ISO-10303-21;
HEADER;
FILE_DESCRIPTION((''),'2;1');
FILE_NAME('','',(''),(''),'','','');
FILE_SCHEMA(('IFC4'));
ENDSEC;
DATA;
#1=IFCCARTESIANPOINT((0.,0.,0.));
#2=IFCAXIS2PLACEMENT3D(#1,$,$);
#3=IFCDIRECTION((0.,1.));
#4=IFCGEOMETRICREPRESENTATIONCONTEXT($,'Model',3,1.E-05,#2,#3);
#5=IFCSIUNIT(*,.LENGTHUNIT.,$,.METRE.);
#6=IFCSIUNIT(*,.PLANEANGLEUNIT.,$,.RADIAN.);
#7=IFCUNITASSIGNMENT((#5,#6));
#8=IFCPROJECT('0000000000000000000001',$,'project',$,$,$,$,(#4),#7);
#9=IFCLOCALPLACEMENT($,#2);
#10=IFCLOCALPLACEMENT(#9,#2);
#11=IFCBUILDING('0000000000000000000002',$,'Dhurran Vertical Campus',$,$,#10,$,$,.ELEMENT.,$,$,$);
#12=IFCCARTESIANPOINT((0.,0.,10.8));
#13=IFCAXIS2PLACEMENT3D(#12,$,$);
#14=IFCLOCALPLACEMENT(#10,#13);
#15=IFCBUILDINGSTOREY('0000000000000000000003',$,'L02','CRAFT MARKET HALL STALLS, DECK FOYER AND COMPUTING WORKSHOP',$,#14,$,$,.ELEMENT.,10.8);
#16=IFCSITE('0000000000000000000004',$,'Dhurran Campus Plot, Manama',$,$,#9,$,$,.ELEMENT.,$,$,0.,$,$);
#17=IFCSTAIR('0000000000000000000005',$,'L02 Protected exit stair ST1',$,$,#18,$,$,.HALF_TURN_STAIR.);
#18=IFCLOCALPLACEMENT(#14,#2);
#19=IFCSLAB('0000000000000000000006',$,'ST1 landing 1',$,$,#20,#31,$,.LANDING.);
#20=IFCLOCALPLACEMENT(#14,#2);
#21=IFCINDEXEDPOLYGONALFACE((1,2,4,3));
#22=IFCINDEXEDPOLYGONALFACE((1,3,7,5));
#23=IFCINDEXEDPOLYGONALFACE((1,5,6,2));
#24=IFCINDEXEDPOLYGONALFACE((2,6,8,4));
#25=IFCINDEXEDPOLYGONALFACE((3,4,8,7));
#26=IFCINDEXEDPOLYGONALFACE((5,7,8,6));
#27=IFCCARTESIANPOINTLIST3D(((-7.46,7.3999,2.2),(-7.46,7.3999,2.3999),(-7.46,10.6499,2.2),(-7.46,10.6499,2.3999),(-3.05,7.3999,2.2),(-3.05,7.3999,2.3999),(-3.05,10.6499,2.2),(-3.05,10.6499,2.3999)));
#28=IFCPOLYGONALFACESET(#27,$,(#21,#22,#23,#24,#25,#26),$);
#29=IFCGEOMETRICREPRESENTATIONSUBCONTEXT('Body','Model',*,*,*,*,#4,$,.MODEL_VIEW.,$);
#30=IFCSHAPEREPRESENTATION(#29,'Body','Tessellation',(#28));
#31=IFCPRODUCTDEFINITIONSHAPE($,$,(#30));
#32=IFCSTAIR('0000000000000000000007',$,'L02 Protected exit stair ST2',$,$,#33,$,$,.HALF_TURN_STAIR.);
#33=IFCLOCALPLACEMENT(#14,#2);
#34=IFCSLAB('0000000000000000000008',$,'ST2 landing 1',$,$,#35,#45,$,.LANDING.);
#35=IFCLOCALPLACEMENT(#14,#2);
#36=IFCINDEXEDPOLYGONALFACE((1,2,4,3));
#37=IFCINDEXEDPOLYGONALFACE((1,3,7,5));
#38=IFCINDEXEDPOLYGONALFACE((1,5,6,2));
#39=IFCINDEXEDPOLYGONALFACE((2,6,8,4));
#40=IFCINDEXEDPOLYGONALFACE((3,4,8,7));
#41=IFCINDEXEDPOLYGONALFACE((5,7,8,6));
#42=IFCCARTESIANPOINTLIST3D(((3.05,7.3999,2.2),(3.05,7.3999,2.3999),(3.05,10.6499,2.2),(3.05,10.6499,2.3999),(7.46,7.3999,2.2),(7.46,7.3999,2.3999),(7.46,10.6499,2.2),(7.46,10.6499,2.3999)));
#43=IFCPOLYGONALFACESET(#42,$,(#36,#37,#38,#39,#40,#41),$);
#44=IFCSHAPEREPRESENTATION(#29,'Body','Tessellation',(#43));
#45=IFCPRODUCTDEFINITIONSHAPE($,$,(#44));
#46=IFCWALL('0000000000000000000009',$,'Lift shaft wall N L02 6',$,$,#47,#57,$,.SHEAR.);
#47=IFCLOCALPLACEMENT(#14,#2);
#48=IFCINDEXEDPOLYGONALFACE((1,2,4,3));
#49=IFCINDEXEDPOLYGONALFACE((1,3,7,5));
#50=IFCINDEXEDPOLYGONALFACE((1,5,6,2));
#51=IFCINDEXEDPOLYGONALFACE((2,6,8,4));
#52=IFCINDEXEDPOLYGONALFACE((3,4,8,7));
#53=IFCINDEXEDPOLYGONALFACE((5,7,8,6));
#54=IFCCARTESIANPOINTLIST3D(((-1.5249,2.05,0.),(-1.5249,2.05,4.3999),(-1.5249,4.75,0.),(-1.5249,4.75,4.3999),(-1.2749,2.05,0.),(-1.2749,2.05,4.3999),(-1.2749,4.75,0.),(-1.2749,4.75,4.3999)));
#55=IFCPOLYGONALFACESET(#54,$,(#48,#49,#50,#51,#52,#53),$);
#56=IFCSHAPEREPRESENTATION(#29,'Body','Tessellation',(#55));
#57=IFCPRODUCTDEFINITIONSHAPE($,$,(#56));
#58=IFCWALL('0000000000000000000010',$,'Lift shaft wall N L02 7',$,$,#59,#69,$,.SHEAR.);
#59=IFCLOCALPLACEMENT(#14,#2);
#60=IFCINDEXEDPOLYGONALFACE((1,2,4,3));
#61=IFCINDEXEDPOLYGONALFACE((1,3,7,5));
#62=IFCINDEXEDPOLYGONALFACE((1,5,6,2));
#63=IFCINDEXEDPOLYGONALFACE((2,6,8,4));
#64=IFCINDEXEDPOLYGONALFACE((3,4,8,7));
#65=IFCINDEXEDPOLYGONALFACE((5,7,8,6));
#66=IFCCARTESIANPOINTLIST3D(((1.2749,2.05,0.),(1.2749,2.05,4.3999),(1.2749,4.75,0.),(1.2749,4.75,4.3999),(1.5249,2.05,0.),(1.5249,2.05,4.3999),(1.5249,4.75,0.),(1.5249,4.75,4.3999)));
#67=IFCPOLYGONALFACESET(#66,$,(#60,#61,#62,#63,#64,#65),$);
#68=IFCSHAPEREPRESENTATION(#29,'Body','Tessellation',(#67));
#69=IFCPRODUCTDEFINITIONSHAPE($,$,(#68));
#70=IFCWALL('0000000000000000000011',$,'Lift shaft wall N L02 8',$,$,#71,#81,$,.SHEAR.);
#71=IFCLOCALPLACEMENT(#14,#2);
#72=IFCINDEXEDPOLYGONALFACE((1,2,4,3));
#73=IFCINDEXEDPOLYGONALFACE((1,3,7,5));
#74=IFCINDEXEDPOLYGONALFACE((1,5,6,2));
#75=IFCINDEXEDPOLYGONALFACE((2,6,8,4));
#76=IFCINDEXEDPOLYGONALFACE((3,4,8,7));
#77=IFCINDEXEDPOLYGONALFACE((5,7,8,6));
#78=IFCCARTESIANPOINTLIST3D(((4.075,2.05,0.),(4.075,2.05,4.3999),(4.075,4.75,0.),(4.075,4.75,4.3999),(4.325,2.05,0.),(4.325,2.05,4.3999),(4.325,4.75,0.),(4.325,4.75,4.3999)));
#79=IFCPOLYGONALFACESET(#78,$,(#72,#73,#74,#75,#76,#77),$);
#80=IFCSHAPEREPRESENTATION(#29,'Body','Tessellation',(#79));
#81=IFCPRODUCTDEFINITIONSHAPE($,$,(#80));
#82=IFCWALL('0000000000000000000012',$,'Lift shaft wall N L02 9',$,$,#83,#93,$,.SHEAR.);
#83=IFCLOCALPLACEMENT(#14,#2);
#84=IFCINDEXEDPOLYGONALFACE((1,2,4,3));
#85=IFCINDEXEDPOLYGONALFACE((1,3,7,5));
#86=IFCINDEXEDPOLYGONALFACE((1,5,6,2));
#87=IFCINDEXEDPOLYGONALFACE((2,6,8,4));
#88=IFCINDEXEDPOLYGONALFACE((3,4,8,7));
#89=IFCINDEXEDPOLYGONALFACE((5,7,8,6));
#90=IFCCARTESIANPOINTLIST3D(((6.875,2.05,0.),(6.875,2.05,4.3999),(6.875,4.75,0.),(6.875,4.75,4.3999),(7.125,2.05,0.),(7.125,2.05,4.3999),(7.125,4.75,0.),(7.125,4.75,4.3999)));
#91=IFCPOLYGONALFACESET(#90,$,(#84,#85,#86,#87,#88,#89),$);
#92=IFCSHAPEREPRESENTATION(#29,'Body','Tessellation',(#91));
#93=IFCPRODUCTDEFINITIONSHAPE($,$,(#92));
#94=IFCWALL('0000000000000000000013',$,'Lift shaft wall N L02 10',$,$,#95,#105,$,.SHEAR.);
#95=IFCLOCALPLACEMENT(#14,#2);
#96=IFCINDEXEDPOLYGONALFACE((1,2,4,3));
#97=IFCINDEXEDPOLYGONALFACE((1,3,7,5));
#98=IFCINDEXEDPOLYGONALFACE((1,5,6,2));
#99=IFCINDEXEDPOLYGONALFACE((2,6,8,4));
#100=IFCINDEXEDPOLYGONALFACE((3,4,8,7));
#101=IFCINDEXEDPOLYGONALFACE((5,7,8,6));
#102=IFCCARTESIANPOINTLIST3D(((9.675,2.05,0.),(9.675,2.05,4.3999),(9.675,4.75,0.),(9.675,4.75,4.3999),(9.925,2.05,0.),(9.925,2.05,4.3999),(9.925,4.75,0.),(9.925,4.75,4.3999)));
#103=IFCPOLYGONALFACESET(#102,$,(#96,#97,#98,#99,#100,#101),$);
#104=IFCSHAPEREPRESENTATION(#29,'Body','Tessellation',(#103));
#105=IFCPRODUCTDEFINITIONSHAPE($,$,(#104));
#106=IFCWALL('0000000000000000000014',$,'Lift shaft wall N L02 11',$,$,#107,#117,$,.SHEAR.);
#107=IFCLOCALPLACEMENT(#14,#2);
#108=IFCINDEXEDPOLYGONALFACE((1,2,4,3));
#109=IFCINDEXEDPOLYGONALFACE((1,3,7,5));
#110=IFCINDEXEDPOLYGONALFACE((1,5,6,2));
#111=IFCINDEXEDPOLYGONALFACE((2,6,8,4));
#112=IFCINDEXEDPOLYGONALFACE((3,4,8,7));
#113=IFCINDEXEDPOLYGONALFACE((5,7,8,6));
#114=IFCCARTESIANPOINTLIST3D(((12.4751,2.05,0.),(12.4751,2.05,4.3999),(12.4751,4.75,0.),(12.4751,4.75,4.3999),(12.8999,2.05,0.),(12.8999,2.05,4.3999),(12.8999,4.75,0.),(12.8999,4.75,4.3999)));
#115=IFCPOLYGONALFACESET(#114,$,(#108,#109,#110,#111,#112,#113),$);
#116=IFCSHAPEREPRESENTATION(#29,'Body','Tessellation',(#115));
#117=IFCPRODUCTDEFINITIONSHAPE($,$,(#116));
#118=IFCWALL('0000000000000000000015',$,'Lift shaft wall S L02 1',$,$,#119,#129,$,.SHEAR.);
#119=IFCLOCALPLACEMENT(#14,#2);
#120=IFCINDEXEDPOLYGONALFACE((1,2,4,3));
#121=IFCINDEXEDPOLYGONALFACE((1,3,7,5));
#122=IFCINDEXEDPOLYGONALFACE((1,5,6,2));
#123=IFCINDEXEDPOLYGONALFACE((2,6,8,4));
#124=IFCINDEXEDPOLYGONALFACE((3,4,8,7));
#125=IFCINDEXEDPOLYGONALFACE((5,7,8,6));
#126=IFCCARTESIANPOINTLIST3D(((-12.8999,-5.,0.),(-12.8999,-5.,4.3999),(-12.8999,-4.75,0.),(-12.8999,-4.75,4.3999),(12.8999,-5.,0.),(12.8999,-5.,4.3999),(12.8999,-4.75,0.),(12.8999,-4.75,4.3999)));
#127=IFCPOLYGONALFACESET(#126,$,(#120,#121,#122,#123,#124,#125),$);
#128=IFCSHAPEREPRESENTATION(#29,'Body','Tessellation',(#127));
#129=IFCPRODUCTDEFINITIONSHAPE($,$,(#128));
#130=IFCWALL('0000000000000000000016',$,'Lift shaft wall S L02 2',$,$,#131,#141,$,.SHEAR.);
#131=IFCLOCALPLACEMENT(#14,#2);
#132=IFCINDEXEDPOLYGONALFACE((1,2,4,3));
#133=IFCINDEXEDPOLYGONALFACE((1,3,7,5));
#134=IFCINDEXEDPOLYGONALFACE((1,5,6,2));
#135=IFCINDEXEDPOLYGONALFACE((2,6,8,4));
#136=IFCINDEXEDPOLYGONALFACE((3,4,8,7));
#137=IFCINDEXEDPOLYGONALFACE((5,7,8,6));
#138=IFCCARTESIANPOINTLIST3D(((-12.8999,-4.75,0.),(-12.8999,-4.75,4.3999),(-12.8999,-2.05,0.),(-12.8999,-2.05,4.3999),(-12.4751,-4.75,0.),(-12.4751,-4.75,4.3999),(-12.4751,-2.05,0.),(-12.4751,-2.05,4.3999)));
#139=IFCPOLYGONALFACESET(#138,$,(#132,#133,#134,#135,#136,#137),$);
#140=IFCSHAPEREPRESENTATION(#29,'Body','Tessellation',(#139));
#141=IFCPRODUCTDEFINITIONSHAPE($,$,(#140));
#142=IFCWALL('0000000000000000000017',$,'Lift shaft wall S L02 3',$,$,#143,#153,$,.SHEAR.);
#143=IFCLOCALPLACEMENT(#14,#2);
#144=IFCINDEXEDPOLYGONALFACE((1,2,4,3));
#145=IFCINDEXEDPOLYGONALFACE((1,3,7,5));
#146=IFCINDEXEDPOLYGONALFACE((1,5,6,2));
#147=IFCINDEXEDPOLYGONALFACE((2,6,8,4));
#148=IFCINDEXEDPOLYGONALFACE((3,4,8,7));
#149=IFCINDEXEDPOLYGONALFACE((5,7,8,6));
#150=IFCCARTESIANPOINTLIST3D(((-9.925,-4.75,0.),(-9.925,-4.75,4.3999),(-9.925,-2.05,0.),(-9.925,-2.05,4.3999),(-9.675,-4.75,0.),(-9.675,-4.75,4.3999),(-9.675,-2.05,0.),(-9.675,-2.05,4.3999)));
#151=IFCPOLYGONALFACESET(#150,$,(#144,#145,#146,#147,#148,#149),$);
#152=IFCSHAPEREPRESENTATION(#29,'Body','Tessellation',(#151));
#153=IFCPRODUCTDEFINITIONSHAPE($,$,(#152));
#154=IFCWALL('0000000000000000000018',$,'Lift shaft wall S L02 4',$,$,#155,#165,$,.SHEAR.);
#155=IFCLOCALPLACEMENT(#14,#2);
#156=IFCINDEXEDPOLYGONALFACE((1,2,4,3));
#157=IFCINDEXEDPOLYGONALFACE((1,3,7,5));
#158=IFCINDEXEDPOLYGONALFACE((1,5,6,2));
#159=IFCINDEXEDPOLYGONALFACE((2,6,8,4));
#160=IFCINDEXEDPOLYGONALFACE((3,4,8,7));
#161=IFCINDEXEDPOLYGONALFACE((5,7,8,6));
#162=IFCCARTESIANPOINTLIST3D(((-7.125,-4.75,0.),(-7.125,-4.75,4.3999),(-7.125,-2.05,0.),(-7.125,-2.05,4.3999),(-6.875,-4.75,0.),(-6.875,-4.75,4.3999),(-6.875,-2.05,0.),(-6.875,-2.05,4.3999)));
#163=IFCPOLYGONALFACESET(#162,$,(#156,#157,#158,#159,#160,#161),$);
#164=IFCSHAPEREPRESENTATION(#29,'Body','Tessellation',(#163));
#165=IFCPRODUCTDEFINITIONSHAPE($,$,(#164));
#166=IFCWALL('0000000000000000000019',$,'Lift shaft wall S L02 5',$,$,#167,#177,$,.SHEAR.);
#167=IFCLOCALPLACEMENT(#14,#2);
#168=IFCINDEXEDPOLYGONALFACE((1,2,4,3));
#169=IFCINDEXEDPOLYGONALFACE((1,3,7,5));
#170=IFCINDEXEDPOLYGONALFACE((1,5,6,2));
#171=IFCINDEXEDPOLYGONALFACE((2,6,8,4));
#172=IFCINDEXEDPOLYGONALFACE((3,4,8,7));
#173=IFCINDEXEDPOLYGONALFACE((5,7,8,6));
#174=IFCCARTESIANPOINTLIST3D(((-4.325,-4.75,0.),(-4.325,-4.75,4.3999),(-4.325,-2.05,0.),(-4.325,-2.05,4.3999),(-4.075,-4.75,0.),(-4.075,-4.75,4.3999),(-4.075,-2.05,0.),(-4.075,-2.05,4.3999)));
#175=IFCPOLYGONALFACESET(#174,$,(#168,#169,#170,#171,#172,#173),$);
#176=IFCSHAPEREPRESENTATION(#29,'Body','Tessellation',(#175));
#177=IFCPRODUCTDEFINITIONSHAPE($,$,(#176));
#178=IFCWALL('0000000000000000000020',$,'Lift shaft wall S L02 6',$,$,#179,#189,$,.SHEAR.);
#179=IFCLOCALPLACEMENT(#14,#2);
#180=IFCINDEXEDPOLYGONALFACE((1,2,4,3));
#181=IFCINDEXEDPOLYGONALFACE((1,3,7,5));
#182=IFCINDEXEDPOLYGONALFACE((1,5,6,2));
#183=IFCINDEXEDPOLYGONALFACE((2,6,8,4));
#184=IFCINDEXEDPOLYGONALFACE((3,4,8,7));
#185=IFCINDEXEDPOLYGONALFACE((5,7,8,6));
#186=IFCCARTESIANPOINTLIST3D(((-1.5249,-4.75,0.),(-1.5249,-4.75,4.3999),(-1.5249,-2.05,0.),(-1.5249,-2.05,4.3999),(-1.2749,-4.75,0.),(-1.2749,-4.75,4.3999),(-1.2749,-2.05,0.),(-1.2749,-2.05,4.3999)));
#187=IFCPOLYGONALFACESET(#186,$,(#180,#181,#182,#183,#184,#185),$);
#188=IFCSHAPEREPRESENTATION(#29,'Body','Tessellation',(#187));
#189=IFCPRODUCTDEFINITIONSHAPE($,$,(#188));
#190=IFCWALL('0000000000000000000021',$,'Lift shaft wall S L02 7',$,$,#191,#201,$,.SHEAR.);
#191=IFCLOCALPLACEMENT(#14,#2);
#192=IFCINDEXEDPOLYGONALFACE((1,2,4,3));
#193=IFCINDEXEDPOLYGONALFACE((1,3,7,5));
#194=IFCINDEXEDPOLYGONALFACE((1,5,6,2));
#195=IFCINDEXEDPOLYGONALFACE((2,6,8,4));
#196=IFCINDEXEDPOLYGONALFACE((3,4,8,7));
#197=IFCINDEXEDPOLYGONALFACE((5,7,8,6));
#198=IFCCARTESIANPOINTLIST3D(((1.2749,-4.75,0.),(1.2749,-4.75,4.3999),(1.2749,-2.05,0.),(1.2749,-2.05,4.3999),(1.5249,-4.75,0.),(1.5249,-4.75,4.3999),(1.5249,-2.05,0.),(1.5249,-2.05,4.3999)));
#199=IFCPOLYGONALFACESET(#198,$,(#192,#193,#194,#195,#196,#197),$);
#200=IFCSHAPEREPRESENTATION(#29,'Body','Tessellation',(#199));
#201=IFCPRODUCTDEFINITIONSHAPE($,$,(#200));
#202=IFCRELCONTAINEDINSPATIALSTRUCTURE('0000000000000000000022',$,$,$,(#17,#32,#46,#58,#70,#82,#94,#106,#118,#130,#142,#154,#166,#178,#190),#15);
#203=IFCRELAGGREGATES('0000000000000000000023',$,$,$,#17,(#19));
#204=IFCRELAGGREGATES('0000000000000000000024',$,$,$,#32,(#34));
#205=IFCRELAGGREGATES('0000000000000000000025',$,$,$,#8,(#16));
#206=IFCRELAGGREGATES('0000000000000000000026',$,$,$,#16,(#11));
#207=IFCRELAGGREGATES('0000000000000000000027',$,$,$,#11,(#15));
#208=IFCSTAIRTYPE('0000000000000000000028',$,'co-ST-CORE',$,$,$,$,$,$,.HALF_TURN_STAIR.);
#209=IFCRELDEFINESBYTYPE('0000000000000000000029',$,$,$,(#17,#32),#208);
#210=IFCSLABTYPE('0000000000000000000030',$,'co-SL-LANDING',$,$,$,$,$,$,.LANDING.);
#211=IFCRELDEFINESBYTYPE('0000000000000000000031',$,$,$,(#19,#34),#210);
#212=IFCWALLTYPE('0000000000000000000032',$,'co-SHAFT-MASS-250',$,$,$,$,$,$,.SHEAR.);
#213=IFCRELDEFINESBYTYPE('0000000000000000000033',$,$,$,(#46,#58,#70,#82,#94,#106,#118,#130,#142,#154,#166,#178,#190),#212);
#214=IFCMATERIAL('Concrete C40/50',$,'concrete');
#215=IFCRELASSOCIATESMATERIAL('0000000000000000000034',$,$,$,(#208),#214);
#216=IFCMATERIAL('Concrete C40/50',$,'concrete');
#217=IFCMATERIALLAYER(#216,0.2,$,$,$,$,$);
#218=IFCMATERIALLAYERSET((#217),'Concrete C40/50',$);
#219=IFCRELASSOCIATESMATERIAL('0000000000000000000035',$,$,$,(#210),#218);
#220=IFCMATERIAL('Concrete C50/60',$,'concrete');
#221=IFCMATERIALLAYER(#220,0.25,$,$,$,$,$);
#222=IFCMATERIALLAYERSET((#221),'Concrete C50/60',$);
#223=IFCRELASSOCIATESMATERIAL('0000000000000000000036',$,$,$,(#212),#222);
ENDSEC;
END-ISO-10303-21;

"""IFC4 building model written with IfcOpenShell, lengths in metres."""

from ifc_helpers import new_model, si_unit, direction, frame, origin, place, context, subcontext, project, spatial, polyline, outline, extrude, material, layer, layer_set, type_object, element, aggregate, save


model = new_model("IFC4")

# Units and contexts
model_context = context("Model", 3, precision=1e-05, world=origin(), true_north=direction((0.0, 1.0)))
body_context = subcontext(model_context, "Body", "Model", "MODEL_VIEW")
ifc_project = project(units=[si_unit("LENGTHUNIT", "METRE"), si_unit("PLANEANGLEUNIT", "RADIAN")], contexts=[model_context])

# Site, building, storey
site_placement = place(None, origin())
site = spatial("IfcSite", under=ifc_project, at=site_placement, Name="Dhurran Campus Plot, Manama", CompositionType="ELEMENT", RefElevation=0.0)
building_placement = place(site_placement, origin())
building = spatial("IfcBuilding", under=site, at=building_placement, Name="Dhurran Vertical Campus", CompositionType="ELEMENT")
storey_placement = place(building_placement, frame((0.0, 0.0, 10.8)))
storey = spatial("IfcBuildingStorey", under=building, at=storey_placement, Name="L02", Description="CRAFT MARKET HALL STALLS, DECK FOYER AND COMPUTING WORKSHOP", CompositionType="ELEMENT", Elevation=10.8)

# Stairs, slabs
ifc_material_1 = material(Name="Concrete C40/50", Category="concrete")
stair_type = type_object("IfcStairType", Name="co-ST-CORE", PredefinedType="HALF_TURN_STAIR", material=ifc_material_1)
stair_1_placement = place(storey_placement, origin())
stair_1 = element("IfcStair", 1, at=stair_1_placement, inside=storey, type_object=stair_type, Name="L02 Protected exit stair ST1", PredefinedType="HALF_TURN_STAIR")
ifc_material_2 = material(Name="Concrete C40/50", Category="concrete")
ifc_layer_1 = layer(ifc_material_2, 0.2)
ifc_layer_set_1 = layer_set([ifc_layer_1], Name="Concrete C40/50")
slab_type = type_object("IfcSlabType", Name="co-SL-LANDING", PredefinedType="LANDING", material=ifc_layer_set_1)
slab_1_placement = place(storey_placement, frame((0.0, 0.0, 2.2)))
slab_1 = element("IfcSlab", 2, at=slab_1_placement, type_object=slab_type, Name="ST1 landing 1", PredefinedType="LANDING", context=body_context, shape_type="SweptSolid", body=[
    extrude(outline(polyline([(-7.46, 7.3999), (-3.05, 7.3999), (-3.05, 10.6499), (-7.46, 10.6499), (-7.46, 7.3999)])), origin(), (0.0, 0.0, 1.0), 0.2),
])
aggregate(stair_1, [slab_1])
stair_2_placement = place(storey_placement, origin())
stair_2 = element("IfcStair", 3, at=stair_2_placement, inside=storey, type_object=stair_type, Name="L02 Protected exit stair ST2", PredefinedType="HALF_TURN_STAIR")
slab_2_placement = place(storey_placement, frame((0.0, 0.0, 2.2)))
slab_2 = element("IfcSlab", 4, at=slab_2_placement, type_object=slab_type, Name="ST2 landing 1", PredefinedType="LANDING", context=body_context, shape_type="SweptSolid", body=[
    extrude(outline(polyline([(7.46, 10.6499), (3.05, 10.6499), (3.05, 7.3999), (7.46, 7.3999), (7.46, 10.6499)])), origin(), (0.0, 0.0, 1.0), 0.2),
])
aggregate(stair_2, [slab_2])

# Walls
ifc_material_3 = material(Name="Concrete C50/60", Category="concrete")
ifc_layer_2 = layer(ifc_material_3, 0.25)
ifc_layer_set_2 = layer_set([ifc_layer_2], Name="Concrete C50/60")
wall_type = type_object("IfcWallType", Name="co-SHAFT-MASS-250", PredefinedType="SHEAR", material=ifc_layer_set_2)
wall_1_placement = place(storey_placement, origin())
element("IfcWall", 5, at=wall_1_placement, inside=storey, type_object=wall_type, Name="Lift shaft wall N L02 6", PredefinedType="SHEAR", context=body_context, shape_type="SweptSolid", body=[
    extrude(outline(polyline([(-1.5249, 2.05), (-1.2749, 2.05), (-1.2749, 4.75), (-1.5249, 4.75), (-1.5249, 2.05)])), origin(), (0.0, 0.0, 1.0), 4.3999),
])
wall_2_placement = place(storey_placement, origin())
element("IfcWall", 6, at=wall_2_placement, inside=storey, type_object=wall_type, Name="Lift shaft wall N L02 7", PredefinedType="SHEAR", context=body_context, shape_type="SweptSolid", body=[
    extrude(outline(polyline([(1.2749, 2.05), (1.5249, 2.05), (1.5249, 4.75), (1.2749, 4.75), (1.2749, 2.05)])), origin(), (0.0, 0.0, 1.0), 4.3999),
])
wall_3_placement = place(storey_placement, origin())
element("IfcWall", 7, at=wall_3_placement, inside=storey, type_object=wall_type, Name="Lift shaft wall N L02 8", PredefinedType="SHEAR", context=body_context, shape_type="SweptSolid", body=[
    extrude(outline(polyline([(4.075, 2.05), (4.325, 2.05), (4.325, 4.75), (4.075, 4.75), (4.075, 2.05)])), origin(), (0.0, 0.0, 1.0), 4.3999),
])
wall_4_placement = place(storey_placement, origin())
element("IfcWall", 8, at=wall_4_placement, inside=storey, type_object=wall_type, Name="Lift shaft wall N L02 9", PredefinedType="SHEAR", context=body_context, shape_type="SweptSolid", body=[
    extrude(outline(polyline([(6.875, 2.05), (7.125, 2.05), (7.125, 4.75), (6.875, 4.75), (6.875, 2.05)])), origin(), (0.0, 0.0, 1.0), 4.3999),
])
wall_5_placement = place(storey_placement, origin())
element("IfcWall", 9, at=wall_5_placement, inside=storey, type_object=wall_type, Name="Lift shaft wall N L02 10", PredefinedType="SHEAR", context=body_context, shape_type="SweptSolid", body=[
    extrude(outline(polyline([(9.675, 2.05), (9.925, 2.05), (9.925, 4.75), (9.675, 4.75), (9.675, 2.05)])), origin(), (0.0, 0.0, 1.0), 4.3999),
])
wall_6_placement = place(storey_placement, origin())
element("IfcWall", 10, at=wall_6_placement, inside=storey, type_object=wall_type, Name="Lift shaft wall N L02 11", PredefinedType="SHEAR", context=body_context, shape_type="SweptSolid", body=[
    extrude(outline(polyline([(12.4751, 2.05), (12.8999, 2.05), (12.8999, 4.75), (12.4751, 4.75), (12.4751, 2.05)])), origin(), (0.0, 0.0, 1.0), 4.3999),
])
wall_7_placement = place(storey_placement, origin())
element("IfcWall", 11, at=wall_7_placement, inside=storey, type_object=wall_type, Name="Lift shaft wall S L02 1", PredefinedType="SHEAR", context=body_context, shape_type="SweptSolid", body=[
    extrude(outline(polyline([(-12.8999, -5.0), (12.8999, -5.0), (12.8999, -4.75), (-12.8999, -4.75), (-12.8999, -5.0)])), origin(), (0.0, 0.0, 1.0), 4.3999),
])
wall_8_placement = place(storey_placement, origin())
element("IfcWall", 12, at=wall_8_placement, inside=storey, type_object=wall_type, Name="Lift shaft wall S L02 2", PredefinedType="SHEAR", context=body_context, shape_type="SweptSolid", body=[
    extrude(outline(polyline([(-12.8999, -4.75), (-12.4751, -4.75), (-12.4751, -2.05), (-12.8999, -2.05), (-12.8999, -4.75)])), origin(), (0.0, 0.0, 1.0), 4.3999),
])
wall_9_placement = place(storey_placement, origin())
element("IfcWall", 13, at=wall_9_placement, inside=storey, type_object=wall_type, Name="Lift shaft wall S L02 3", PredefinedType="SHEAR", context=body_context, shape_type="SweptSolid", body=[
    extrude(outline(polyline([(-9.925, -4.75), (-9.675, -4.75), (-9.675, -2.05), (-9.925, -2.05), (-9.925, -4.75)])), origin(), (0.0, 0.0, 1.0), 4.3999),
])
wall_10_placement = place(storey_placement, origin())
element("IfcWall", 14, at=wall_10_placement, inside=storey, type_object=wall_type, Name="Lift shaft wall S L02 4", PredefinedType="SHEAR", context=body_context, shape_type="SweptSolid", body=[
    extrude(outline(polyline([(-7.125, -4.75), (-6.875, -4.75), (-6.875, -2.05), (-7.125, -2.05), (-7.125, -4.75)])), origin(), (0.0, 0.0, 1.0), 4.3999),
])
wall_11_placement = place(storey_placement, origin())
element("IfcWall", 15, at=wall_11_placement, inside=storey, type_object=wall_type, Name="Lift shaft wall S L02 5", PredefinedType="SHEAR", context=body_context, shape_type="SweptSolid", body=[
    extrude(outline(polyline([(-4.325, -4.75), (-4.075, -4.75), (-4.075, -2.05), (-4.325, -2.05), (-4.325, -4.75)])), origin(), (0.0, 0.0, 1.0), 4.3999),
])
wall_12_placement = place(storey_placement, origin())
element("IfcWall", 16, at=wall_12_placement, inside=storey, type_object=wall_type, Name="Lift shaft wall S L02 6", PredefinedType="SHEAR", context=body_context, shape_type="SweptSolid", body=[
    extrude(outline(polyline([(-1.5249, -4.75), (-1.2749, -4.75), (-1.2749, -2.05), (-1.5249, -2.05), (-1.5249, -4.75)])), origin(), (0.0, 0.0, 1.0), 4.3999),
])
wall_13_placement = place(storey_placement, origin())
element("IfcWall", 17, at=wall_13_placement, inside=storey, type_object=wall_type, Name="Lift shaft wall S L02 7", PredefinedType="SHEAR", context=body_context, shape_type="SweptSolid", body=[
    extrude(outline(polyline([(1.2749, -4.75), (1.5249, -4.75), (1.5249, -2.05), (1.2749, -2.05), (1.2749, -4.75)])), origin(), (0.0, 0.0, 1.0), 4.3999),
])

save(model, "model.ifc")
